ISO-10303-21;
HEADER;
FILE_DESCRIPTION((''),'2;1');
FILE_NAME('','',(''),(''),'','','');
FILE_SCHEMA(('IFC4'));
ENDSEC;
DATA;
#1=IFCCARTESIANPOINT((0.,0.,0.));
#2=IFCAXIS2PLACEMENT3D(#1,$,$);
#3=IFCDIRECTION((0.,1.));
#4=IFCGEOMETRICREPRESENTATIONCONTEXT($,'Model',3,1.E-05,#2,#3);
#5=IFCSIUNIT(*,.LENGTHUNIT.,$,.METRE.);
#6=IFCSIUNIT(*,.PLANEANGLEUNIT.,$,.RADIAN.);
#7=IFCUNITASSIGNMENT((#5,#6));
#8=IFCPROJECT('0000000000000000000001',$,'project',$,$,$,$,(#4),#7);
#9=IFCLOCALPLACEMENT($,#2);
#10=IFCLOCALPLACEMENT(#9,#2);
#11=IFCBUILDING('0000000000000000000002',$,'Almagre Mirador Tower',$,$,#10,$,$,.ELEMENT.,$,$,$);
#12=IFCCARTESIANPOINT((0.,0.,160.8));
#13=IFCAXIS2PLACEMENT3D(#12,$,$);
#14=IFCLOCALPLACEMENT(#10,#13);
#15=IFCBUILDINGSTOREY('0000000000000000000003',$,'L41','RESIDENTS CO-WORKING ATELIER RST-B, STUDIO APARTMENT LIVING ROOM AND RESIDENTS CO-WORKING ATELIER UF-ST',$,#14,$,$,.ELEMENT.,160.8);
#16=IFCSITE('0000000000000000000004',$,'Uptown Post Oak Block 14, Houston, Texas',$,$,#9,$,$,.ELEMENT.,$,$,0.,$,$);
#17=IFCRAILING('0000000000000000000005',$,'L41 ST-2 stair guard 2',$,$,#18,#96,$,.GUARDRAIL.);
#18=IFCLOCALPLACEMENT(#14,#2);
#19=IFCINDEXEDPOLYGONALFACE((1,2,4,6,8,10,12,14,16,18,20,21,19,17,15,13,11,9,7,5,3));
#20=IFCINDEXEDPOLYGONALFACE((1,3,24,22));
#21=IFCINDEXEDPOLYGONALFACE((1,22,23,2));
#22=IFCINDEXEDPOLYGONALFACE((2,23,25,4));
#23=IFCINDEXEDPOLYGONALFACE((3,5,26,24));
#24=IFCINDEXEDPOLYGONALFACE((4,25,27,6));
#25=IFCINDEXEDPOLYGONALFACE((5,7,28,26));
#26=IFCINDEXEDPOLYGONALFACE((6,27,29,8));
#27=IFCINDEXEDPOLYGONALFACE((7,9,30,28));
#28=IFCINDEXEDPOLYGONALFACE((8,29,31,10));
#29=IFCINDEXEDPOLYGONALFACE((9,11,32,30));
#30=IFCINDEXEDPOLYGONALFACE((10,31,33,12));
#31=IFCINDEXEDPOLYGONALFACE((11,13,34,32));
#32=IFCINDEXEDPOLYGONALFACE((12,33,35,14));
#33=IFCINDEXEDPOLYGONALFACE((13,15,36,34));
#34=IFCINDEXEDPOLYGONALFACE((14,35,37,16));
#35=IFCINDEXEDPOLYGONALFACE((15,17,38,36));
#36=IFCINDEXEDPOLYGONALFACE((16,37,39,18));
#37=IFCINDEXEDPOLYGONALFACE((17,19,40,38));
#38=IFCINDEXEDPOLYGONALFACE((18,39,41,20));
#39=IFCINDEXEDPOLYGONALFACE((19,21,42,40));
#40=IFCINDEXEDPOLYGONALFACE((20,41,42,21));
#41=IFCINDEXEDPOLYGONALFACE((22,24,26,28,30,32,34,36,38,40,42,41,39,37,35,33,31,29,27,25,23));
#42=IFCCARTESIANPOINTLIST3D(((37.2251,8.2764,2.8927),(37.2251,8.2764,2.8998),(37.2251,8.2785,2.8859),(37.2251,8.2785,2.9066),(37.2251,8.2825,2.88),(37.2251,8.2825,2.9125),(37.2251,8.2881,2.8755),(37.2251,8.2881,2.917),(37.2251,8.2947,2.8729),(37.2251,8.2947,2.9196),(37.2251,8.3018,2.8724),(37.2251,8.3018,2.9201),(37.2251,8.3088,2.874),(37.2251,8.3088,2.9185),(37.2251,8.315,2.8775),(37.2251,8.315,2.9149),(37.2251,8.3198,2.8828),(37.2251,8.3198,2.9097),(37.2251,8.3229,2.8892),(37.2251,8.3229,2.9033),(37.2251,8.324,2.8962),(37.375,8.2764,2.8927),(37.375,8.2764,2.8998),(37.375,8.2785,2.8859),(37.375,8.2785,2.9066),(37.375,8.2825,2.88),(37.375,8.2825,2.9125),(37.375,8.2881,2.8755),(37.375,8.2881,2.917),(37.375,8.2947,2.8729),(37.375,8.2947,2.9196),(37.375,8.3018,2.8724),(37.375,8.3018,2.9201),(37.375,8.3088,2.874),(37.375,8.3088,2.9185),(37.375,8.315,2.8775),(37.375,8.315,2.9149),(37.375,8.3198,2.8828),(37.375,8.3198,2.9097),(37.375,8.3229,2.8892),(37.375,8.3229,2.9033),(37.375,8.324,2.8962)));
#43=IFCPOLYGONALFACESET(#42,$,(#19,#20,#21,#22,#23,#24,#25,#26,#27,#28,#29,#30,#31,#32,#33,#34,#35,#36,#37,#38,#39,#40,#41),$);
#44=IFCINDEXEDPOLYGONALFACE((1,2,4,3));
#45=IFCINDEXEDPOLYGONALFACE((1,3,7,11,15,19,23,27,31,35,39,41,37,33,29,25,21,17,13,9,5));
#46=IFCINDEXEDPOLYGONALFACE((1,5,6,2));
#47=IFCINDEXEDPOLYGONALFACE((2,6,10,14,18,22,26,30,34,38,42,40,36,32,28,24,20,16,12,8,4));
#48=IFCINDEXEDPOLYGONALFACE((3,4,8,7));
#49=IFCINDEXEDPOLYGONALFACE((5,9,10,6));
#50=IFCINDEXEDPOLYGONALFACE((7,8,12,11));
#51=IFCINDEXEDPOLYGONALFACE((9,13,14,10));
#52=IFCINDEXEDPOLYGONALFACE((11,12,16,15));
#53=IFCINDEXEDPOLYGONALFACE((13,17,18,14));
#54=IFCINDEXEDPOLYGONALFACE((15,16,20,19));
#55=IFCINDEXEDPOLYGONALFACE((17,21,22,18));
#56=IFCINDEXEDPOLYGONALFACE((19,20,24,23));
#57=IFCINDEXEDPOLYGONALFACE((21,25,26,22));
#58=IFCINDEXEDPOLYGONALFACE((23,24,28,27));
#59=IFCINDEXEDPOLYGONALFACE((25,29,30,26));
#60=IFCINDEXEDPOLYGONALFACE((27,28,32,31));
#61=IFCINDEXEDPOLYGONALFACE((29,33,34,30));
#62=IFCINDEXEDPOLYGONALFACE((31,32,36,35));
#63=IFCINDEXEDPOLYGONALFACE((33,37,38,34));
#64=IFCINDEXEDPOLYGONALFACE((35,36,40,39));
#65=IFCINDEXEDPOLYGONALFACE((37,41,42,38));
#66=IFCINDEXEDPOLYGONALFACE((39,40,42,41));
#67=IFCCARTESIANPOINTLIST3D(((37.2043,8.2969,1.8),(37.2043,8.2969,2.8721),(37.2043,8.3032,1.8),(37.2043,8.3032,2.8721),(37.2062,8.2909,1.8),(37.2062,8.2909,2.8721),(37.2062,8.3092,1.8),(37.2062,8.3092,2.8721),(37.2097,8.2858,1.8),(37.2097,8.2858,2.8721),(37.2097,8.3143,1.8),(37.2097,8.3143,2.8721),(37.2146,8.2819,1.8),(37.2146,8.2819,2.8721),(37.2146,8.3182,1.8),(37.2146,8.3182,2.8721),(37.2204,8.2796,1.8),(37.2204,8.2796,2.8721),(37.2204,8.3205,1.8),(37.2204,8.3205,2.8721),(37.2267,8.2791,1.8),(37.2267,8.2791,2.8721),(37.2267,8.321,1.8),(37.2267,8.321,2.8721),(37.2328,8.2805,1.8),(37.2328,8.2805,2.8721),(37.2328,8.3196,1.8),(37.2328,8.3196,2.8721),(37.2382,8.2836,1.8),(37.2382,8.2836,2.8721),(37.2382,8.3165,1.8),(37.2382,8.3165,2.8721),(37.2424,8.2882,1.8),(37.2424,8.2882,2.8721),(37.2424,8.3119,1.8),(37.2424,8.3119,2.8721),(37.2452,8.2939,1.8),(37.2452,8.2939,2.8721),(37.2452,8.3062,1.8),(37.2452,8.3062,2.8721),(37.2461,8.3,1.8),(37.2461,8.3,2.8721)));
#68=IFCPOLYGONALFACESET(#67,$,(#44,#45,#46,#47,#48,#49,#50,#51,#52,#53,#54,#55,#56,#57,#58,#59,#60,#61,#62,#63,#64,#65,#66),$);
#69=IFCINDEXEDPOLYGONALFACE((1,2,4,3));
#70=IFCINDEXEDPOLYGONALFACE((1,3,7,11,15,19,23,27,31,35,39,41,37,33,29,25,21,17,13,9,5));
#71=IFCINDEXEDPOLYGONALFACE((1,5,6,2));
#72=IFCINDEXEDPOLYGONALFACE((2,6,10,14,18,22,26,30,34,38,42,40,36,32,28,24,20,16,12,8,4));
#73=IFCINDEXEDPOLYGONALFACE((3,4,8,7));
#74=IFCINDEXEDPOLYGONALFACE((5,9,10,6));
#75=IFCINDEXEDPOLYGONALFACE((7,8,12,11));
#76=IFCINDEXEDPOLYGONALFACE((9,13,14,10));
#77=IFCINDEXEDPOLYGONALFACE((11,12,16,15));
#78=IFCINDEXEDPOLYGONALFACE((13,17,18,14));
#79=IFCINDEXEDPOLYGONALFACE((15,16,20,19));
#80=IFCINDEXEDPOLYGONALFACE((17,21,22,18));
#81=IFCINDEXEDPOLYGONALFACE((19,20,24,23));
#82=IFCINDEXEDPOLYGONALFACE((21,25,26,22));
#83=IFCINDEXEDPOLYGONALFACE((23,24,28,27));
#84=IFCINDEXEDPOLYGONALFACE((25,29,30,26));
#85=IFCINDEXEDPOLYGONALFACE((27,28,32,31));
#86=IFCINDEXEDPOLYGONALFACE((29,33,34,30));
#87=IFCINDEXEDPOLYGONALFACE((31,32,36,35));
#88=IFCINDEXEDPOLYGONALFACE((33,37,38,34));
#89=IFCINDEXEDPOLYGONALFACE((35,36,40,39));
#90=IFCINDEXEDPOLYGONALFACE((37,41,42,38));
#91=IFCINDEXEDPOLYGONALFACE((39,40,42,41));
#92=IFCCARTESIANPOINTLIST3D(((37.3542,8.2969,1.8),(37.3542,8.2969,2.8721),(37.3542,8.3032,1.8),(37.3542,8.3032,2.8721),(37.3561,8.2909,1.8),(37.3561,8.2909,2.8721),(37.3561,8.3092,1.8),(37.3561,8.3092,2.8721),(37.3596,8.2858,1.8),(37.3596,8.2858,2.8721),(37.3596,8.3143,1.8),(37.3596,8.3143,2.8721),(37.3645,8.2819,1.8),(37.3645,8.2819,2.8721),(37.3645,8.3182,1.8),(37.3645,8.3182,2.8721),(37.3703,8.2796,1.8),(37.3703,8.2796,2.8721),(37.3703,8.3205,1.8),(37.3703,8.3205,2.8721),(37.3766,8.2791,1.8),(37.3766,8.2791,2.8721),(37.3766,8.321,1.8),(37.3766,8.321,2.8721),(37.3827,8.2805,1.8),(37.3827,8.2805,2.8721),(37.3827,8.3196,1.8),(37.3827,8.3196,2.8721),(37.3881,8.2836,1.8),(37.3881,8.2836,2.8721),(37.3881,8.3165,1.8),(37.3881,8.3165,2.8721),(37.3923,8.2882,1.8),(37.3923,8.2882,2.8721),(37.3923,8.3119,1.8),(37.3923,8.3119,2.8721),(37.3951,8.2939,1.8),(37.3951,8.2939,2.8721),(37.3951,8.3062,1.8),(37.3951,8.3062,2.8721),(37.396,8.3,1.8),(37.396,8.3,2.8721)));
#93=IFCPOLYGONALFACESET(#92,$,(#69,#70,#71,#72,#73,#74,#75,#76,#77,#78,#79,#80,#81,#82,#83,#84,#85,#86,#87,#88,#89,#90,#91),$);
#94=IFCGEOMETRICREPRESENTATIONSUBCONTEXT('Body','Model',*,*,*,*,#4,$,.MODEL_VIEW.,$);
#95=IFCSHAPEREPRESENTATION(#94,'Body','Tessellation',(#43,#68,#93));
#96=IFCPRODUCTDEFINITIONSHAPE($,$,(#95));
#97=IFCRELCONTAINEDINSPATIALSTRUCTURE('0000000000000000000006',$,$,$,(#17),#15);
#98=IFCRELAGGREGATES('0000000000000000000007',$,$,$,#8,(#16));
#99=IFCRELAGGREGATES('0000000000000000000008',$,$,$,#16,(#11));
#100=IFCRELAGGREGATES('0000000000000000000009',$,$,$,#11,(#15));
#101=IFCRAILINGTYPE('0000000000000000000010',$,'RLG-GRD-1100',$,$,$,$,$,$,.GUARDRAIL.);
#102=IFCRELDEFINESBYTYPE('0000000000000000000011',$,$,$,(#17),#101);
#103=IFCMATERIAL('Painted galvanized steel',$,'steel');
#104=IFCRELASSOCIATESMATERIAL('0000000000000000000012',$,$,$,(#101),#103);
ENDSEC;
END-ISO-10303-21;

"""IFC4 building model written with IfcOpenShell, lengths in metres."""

from ifc_helpers import new_model, si_unit, direction, frame, origin, origin_2d, place, context, subcontext, project, spatial, circle, extrude, material, type_object, element, save


model = new_model("IFC4")

# Units and contexts
model_context = context("Model", 3, precision=1e-05, world=origin(), true_north=direction((0.0, 1.0)))
body_context = subcontext(model_context, "Body", "Model", "MODEL_VIEW")
ifc_project = project(units=[si_unit("LENGTHUNIT", "METRE"), si_unit("PLANEANGLEUNIT", "RADIAN")], contexts=[model_context])

# Site, building, storey
site_placement = place(None, origin())
site = spatial("IfcSite", under=ifc_project, at=site_placement, Name="Uptown Post Oak Block 14, Houston, Texas", CompositionType="ELEMENT", RefElevation=0.0)
building_placement = place(site_placement, origin())
building = spatial("IfcBuilding", under=site, at=building_placement, Name="Almagre Mirador Tower", CompositionType="ELEMENT")
storey_placement = place(building_placement, frame((0.0, 0.0, 160.8)))
storey = spatial("IfcBuildingStorey", under=building, at=storey_placement, Name="L41", Description="RESIDENTS CO-WORKING ATELIER RST-B, STUDIO APARTMENT LIVING ROOM AND RESIDENTS CO-WORKING ATELIER UF-ST", CompositionType="ELEMENT", Elevation=160.8)

# Railing
ifc_material_1 = material(Name="Painted galvanized steel", Category="steel")
railing_type_1 = type_object("IfcRailingType", Name="RLG-GRD-1100", PredefinedType="GUARDRAIL", material=ifc_material_1)
railing_1_placement = place(storey_placement, frame((37.2251, 8.3, 1.8)))
element("IfcRailing", 1, at=railing_1_placement, inside=storey, type_object=railing_type_1, Name="L41 ST-2 stair guard 2", PredefinedType="GUARDRAIL", context=body_context, shape_type="SweptSolid", body=[
    extrude(circle(Radius=0.0239, at=origin_2d()), frame((0.0, 0.0, 1.0962), z_axis=(1.0, 0.0, 0.0), x_axis=(0.0, 1.0, 0.0)), (0.0, 0.0, 1.0), 0.1499),
    extrude(circle(Radius=0.021, at=origin_2d()), origin(), (0.0, 0.0, 1.0), 1.072),
    extrude(circle(Radius=0.021, at=origin_2d()), frame((0.1499, 0.0, 0.0)), (0.0, 0.0, 1.0), 1.072),
])

save(model, "model.ifc")
